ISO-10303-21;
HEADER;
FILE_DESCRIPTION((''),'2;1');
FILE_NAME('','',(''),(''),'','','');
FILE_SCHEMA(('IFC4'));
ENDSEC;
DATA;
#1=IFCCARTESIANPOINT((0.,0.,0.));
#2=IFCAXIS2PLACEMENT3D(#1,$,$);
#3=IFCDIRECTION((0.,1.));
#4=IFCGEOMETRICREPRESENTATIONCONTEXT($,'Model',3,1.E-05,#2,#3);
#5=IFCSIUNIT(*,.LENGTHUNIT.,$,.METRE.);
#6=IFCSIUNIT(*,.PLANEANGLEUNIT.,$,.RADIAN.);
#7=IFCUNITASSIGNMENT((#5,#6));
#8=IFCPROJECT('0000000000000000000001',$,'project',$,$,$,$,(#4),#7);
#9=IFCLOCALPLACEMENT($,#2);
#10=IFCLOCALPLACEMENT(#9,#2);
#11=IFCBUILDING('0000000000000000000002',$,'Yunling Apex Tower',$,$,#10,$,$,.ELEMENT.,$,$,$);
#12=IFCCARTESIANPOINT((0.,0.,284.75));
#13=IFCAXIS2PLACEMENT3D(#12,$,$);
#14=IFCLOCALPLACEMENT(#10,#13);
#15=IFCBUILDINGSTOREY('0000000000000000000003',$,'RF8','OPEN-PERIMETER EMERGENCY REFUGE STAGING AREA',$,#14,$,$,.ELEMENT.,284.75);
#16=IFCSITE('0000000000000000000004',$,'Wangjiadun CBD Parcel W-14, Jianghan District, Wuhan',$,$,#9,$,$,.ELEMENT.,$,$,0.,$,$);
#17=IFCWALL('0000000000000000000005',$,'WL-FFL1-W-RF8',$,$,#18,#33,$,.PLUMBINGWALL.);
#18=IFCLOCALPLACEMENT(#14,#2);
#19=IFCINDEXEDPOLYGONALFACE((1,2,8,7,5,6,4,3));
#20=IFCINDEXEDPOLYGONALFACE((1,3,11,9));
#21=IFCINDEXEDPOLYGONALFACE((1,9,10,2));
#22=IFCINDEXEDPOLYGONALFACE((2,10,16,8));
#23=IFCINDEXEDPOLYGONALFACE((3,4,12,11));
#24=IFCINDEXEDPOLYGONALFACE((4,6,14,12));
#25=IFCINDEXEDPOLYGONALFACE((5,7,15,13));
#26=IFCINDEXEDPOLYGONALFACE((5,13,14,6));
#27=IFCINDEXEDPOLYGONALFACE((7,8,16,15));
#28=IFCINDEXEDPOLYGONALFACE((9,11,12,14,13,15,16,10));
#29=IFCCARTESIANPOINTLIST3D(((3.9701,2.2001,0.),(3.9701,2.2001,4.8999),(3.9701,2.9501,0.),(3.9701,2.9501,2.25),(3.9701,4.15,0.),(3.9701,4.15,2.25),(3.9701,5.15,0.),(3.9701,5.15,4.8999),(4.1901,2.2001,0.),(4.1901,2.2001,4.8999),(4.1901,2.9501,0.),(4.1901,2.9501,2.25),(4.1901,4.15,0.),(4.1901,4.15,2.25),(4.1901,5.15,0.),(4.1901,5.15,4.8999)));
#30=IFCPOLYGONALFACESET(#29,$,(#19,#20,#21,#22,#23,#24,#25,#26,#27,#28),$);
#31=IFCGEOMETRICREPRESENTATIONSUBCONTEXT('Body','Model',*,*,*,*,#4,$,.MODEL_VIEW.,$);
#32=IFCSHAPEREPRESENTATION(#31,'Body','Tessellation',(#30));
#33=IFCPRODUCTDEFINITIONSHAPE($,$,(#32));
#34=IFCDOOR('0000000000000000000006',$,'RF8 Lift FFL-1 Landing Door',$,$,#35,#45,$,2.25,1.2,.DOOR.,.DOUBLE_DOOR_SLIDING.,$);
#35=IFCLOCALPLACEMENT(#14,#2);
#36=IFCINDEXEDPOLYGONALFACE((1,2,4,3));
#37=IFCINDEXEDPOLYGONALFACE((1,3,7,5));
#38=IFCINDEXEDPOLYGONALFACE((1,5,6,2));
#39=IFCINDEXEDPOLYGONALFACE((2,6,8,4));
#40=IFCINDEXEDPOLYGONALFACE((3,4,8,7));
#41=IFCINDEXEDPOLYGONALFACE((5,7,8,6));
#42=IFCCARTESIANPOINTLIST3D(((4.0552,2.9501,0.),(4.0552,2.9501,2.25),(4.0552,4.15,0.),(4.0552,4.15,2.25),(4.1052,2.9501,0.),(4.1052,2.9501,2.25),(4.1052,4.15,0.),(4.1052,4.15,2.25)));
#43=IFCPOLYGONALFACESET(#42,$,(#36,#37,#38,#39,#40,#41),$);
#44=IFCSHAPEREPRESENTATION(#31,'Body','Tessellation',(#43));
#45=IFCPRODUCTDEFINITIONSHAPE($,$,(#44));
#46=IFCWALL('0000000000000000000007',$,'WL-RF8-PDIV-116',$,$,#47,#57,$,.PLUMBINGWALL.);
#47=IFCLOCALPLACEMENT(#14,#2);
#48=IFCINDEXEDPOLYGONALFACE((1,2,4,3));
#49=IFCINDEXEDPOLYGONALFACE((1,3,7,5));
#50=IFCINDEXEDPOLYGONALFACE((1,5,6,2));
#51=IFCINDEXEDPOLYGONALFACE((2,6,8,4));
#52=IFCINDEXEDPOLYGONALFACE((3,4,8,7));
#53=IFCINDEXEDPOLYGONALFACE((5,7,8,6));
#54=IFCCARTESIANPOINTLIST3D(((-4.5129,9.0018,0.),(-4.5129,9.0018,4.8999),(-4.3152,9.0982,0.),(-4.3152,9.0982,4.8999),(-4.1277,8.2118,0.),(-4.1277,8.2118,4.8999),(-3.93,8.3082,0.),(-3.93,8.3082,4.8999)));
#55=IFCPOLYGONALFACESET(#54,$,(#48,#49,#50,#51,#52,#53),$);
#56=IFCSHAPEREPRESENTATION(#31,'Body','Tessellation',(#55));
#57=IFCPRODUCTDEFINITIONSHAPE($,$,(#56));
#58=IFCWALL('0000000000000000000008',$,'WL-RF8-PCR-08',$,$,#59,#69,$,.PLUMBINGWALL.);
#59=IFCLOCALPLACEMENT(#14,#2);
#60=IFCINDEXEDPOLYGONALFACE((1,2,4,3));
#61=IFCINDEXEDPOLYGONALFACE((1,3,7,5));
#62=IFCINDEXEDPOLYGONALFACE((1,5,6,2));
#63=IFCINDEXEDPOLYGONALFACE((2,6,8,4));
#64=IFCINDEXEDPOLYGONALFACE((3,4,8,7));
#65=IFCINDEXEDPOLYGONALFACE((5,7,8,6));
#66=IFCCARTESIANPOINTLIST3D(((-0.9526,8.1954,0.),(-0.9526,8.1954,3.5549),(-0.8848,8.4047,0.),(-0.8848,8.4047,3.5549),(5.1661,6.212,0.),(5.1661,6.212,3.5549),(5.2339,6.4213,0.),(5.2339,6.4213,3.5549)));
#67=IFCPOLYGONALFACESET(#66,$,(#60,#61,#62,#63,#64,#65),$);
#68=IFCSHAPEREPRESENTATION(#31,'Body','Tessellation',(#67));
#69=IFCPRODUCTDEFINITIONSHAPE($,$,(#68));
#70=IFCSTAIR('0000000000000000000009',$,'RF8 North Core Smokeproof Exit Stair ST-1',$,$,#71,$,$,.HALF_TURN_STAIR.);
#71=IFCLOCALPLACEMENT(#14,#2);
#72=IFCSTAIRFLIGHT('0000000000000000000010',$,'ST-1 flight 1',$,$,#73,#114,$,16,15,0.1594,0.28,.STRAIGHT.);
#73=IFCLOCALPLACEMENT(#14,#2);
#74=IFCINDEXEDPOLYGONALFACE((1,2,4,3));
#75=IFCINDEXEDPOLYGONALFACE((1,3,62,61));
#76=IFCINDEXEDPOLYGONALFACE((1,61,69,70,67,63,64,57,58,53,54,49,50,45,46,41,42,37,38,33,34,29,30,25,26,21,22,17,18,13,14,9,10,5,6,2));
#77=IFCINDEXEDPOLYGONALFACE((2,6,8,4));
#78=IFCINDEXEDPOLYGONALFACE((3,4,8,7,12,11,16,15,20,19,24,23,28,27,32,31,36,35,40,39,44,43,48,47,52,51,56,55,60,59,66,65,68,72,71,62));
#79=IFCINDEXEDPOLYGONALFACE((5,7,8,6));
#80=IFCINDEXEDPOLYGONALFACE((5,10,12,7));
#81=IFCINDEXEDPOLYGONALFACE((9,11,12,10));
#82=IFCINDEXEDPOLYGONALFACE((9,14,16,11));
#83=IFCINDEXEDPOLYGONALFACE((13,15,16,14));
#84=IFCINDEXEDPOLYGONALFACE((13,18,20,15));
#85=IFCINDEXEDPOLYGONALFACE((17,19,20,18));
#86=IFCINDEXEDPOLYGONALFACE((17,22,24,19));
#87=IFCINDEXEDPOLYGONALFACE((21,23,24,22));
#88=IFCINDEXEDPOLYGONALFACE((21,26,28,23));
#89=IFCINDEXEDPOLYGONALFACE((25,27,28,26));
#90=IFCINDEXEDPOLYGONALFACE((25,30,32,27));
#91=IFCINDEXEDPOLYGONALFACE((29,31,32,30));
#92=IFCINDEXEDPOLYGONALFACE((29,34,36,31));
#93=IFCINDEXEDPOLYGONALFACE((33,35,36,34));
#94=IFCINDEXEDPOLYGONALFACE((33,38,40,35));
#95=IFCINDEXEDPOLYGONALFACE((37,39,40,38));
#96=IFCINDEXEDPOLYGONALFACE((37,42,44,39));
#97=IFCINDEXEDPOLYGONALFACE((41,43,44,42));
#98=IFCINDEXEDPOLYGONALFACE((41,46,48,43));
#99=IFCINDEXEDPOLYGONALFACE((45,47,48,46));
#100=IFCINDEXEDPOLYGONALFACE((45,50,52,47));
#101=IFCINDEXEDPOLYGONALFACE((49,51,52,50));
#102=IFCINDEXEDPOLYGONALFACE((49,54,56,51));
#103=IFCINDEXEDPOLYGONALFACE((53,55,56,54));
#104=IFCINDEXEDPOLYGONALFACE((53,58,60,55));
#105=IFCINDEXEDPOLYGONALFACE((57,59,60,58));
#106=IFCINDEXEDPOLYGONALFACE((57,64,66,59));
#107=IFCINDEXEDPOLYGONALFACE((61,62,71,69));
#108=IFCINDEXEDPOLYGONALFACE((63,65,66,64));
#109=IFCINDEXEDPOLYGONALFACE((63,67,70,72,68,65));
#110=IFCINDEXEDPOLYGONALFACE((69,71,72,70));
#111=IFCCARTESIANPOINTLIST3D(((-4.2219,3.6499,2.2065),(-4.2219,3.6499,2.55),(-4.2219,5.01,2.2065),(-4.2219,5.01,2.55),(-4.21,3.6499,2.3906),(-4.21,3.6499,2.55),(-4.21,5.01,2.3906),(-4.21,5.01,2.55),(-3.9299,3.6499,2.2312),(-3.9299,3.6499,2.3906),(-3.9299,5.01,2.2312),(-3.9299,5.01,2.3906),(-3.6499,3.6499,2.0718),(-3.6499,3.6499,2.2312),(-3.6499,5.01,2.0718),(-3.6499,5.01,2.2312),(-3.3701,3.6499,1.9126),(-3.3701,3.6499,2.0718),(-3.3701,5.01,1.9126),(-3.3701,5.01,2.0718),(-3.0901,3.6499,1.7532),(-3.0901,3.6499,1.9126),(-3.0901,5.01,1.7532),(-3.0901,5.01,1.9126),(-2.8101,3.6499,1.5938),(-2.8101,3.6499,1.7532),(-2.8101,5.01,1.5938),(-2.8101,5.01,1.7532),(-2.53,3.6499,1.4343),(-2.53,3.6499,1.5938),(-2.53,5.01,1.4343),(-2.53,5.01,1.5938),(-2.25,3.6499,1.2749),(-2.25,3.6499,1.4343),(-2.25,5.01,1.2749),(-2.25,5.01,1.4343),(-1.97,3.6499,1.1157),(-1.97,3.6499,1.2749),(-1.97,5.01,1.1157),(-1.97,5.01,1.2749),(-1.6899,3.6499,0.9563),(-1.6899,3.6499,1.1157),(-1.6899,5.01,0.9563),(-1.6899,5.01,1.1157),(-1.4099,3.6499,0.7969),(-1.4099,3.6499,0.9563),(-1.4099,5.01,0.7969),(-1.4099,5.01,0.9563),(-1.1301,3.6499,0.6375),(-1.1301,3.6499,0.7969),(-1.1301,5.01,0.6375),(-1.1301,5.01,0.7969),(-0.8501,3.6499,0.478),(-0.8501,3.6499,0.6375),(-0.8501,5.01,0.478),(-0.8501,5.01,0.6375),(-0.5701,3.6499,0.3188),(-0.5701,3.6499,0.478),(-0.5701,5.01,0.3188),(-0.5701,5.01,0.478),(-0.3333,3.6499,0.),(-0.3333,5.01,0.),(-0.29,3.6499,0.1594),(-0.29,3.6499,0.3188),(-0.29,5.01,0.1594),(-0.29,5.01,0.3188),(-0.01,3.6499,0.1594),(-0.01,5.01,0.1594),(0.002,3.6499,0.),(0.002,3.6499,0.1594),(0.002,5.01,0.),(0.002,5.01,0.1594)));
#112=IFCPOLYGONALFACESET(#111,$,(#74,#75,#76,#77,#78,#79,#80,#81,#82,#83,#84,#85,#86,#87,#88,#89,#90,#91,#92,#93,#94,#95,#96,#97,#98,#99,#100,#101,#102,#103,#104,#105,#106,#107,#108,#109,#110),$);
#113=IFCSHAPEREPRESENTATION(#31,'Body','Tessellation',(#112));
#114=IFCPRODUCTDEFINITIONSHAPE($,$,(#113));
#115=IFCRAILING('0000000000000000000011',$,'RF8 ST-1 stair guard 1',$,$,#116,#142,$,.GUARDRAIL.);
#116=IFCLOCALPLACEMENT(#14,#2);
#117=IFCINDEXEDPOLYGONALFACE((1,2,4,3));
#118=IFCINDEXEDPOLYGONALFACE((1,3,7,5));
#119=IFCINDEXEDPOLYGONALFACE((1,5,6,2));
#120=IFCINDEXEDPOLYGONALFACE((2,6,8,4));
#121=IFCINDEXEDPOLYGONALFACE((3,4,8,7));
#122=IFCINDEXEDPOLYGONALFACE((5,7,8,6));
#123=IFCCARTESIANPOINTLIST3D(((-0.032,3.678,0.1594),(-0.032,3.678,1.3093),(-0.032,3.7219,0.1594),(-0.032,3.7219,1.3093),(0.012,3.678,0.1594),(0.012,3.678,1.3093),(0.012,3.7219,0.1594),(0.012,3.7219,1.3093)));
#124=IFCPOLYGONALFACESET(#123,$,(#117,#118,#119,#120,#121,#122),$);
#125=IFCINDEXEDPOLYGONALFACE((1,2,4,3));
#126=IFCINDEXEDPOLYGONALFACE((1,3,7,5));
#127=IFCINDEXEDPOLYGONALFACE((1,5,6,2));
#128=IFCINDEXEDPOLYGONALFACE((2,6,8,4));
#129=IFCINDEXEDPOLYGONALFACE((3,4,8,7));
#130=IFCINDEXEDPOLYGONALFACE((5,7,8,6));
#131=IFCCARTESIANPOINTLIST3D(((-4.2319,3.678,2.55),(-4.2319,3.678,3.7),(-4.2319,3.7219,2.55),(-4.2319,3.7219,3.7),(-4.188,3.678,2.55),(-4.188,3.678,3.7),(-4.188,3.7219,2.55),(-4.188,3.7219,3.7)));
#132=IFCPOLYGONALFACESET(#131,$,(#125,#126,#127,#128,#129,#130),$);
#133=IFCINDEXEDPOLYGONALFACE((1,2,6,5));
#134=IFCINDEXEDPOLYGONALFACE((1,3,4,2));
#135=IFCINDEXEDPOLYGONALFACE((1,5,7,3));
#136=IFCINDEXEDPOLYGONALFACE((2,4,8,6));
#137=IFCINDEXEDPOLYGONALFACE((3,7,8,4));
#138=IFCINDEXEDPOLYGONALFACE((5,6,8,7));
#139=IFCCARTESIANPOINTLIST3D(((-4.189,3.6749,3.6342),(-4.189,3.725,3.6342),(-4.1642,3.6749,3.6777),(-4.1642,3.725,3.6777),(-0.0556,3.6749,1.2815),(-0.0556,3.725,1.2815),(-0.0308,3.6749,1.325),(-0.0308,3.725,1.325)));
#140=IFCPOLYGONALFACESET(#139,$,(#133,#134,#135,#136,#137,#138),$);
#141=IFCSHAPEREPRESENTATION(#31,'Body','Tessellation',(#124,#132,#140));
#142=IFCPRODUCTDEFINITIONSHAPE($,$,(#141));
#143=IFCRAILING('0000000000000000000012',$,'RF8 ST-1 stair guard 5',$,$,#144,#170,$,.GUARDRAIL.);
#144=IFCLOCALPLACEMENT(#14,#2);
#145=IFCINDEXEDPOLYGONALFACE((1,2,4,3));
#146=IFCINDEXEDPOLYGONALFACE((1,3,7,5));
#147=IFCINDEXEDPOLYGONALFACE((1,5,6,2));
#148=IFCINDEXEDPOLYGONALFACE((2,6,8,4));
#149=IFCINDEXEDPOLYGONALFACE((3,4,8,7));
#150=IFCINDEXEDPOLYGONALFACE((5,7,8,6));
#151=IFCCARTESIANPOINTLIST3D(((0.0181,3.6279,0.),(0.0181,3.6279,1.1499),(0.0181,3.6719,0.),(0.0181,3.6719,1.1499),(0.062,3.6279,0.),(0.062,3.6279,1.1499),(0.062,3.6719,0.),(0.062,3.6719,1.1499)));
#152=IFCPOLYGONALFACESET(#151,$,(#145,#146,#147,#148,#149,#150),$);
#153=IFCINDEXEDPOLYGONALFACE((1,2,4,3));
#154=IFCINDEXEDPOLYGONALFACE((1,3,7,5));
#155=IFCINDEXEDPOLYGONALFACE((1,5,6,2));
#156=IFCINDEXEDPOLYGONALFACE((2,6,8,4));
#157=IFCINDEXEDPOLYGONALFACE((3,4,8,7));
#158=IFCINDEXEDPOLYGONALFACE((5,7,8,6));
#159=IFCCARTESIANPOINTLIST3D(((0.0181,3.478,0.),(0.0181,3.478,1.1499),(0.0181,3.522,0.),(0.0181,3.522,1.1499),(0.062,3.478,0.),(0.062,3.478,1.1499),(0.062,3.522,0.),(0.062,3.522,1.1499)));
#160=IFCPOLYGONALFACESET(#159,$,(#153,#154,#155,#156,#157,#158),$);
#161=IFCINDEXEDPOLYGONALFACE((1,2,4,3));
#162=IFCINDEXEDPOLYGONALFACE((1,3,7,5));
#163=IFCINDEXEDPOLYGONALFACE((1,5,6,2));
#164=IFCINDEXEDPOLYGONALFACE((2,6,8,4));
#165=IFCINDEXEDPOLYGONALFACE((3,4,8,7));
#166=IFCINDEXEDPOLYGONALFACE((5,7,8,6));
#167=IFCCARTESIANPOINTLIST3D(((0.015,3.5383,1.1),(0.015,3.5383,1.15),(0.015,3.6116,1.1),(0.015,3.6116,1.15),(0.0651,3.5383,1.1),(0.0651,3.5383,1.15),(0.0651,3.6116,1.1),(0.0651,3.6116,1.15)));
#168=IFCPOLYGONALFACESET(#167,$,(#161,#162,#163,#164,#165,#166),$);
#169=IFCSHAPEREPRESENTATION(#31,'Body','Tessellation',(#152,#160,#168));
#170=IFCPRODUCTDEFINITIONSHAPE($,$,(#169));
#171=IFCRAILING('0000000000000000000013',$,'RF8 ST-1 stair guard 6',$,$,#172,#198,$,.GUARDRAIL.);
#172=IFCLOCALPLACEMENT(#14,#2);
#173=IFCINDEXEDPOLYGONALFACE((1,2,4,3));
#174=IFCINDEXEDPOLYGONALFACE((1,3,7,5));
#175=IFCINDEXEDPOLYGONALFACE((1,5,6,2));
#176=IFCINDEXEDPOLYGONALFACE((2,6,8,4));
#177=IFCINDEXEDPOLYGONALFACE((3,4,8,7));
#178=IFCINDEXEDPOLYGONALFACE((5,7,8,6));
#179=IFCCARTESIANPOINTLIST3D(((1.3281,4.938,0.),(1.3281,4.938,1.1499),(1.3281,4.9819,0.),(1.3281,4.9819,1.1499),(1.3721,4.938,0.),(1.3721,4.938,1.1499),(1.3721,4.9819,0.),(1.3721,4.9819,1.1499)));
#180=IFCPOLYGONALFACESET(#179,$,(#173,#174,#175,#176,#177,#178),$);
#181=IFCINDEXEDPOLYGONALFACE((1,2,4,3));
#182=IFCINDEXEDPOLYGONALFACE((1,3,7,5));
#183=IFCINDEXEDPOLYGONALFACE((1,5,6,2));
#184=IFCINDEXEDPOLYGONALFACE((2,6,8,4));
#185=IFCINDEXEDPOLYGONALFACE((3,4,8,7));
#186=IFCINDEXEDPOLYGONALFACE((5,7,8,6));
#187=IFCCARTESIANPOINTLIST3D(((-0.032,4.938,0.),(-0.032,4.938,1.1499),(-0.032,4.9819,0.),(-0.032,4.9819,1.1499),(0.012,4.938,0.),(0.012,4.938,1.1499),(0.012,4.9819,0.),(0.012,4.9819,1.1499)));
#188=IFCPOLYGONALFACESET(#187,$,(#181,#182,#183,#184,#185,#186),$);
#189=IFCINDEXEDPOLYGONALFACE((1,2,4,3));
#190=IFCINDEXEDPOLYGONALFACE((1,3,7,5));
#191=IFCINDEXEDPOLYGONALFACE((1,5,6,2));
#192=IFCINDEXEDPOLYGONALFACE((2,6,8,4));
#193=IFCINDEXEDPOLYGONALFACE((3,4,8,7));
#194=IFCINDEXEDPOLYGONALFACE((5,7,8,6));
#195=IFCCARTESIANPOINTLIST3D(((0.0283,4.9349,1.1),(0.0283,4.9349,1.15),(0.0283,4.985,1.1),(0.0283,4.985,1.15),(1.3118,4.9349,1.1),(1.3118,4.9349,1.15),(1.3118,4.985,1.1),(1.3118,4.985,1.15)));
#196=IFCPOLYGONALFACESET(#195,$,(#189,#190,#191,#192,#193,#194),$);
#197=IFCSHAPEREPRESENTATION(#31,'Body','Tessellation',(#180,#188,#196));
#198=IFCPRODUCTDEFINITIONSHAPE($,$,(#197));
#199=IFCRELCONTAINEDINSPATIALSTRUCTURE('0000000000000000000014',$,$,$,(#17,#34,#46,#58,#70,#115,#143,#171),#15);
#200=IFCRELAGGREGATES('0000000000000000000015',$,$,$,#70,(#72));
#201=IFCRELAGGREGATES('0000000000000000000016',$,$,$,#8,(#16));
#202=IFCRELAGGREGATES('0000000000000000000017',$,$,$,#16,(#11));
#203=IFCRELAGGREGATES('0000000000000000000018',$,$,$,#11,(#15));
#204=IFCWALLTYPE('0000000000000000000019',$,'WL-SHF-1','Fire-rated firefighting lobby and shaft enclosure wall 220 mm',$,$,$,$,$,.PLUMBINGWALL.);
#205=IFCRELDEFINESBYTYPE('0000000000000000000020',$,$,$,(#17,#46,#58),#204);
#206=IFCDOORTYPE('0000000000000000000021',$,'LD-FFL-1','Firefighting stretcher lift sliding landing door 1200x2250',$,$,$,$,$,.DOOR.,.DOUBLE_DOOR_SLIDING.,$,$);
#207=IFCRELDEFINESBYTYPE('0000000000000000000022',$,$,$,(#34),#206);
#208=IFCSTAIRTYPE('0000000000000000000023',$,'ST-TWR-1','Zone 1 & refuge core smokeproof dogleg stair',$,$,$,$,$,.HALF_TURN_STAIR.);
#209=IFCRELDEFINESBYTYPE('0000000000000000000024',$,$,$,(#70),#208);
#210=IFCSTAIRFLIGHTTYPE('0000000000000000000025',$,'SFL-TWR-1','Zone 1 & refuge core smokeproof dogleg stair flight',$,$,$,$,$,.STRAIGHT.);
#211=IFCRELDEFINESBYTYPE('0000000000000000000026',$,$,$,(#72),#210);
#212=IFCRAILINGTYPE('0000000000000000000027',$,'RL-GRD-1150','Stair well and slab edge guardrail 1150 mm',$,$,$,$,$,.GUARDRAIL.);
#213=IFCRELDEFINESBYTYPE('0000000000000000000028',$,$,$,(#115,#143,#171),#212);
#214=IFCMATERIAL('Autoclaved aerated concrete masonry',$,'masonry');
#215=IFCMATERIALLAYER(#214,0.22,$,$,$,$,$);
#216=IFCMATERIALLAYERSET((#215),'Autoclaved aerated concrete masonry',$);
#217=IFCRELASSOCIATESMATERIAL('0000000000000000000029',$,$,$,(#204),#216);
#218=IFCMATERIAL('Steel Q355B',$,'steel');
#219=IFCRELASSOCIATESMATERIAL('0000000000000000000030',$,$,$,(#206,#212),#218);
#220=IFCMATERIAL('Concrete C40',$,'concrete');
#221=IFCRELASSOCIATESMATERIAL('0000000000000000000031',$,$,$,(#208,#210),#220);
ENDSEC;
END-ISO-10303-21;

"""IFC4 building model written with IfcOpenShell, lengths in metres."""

from ifc_helpers import new_model, si_unit, direction, frame, frame_2d, origin, origin_2d, place, context, subcontext, project, spatial, polyline, rectangle, outline, extrude, material, layer, layer_set, type_object, element, fill, aggregate, save


model = new_model("IFC4")

# Units and contexts
model_context = context("Model", 3, precision=1e-05, world=origin(), true_north=direction((0.0, 1.0)))
body_context = subcontext(model_context, "Body", "Model", "MODEL_VIEW")
ifc_project = project(units=[si_unit("LENGTHUNIT", "METRE"), si_unit("PLANEANGLEUNIT", "RADIAN")], contexts=[model_context])

# Site, building, storey
site_placement = place(None, origin())
site = spatial("IfcSite", under=ifc_project, at=site_placement, Name="Wangjiadun CBD Parcel W-14, Jianghan District, Wuhan", CompositionType="ELEMENT", RefElevation=0.0)
building_placement = place(site_placement, origin())
building = spatial("IfcBuilding", under=site, at=building_placement, Name="Yunling Apex Tower", CompositionType="ELEMENT")
storey_placement = place(building_placement, frame((0.0, 0.0, 284.75)))
storey = spatial("IfcBuildingStorey", under=building, at=storey_placement, Name="RF8", Description="OPEN-PERIMETER EMERGENCY REFUGE STAGING AREA", CompositionType="ELEMENT", Elevation=284.75)

# Shared definitions
ifc_material_1 = material(Name="Steel Q355B", Category="steel")

# Shared definitions
ifc_material_2 = material(Name="Concrete C40", Category="concrete")

# Wall, opening, door
ifc_material_3 = material(Name="Autoclaved aerated concrete masonry", Category="masonry")
ifc_layer_1 = layer(ifc_material_3, 0.22)
ifc_layer_set_1 = layer_set([ifc_layer_1], Name="Autoclaved aerated concrete masonry")
wall_type_1 = type_object("IfcWallType", Name="WL-SHF-1", Description="Fire-rated firefighting lobby and shaft enclosure wall 220 mm", PredefinedType="PLUMBINGWALL", material=ifc_layer_set_1)
wall_1_placement = place(storey_placement, frame((4.0801, 2.2, 0.0), z_axis=(0.0, 0.0, 1.0), x_axis=(0.0, 1.0, 0.0)))
wall_1 = element("IfcWall", 1, at=wall_1_placement, inside=storey, type_object=wall_type_1, Name="WL-FFL1-W-RF8", PredefinedType="PLUMBINGWALL", context=body_context, shape_type="SweptSolid", body=[
    extrude(rectangle(XDim=2.95, YDim=0.22, at=frame_2d((1.4751, 0.0))), origin(), (0.0, 0.0, 1.0), 4.8999),
])
opening_placement = place(wall_1_placement, frame((0.75, 0.0, 0.0)))
opening = element("IfcOpeningElement", 2, at=opening_placement, cuts=wall_1, PredefinedType="OPENING", context=body_context, shape_type="SweptSolid", body=[
    extrude(rectangle(XDim=1.2, YDim=2.25, at=frame_2d((0.6001, 1.125))), frame((0.0, 0.1201, 0.0), z_axis=(0.0, -1.0, 0.0), x_axis=(1.0, 0.0, 0.0)), (0.0, 0.0, 1.0), 0.24),
])
door_type = type_object("IfcDoorType", Name="LD-FFL-1", Description="Firefighting stretcher lift sliding landing door 1200x2250", OperationType="DOUBLE_DOOR_SLIDING", PredefinedType="DOOR", material=ifc_material_1)
door_placement = place(opening_placement, origin())
door = element("IfcDoor", 3, at=door_placement, inside=storey, type_object=door_type, Name="RF8 Lift FFL-1 Landing Door", OperationType="DOUBLE_DOOR_SLIDING", OverallHeight=2.25, OverallWidth=1.2, PredefinedType="DOOR", context=body_context, shape_type="SweptSolid", body=[
    extrude(rectangle(XDim=1.2, YDim=2.25, at=frame_2d((0.6001, 1.125))), frame((0.0, 0.0249, 0.0), z_axis=(0.0, -1.0, 0.0), x_axis=(1.0, 0.0, 0.0)), (0.0, 0.0, 1.0), 0.05),
])
fill(opening, door)

# Walls
wall_2_placement = place(storey_placement, frame((-4.0288, 8.26, 0.0), z_axis=(0.0, 0.0, 1.0), x_axis=(-0.438303, 0.898827, 0.0)))
element("IfcWall", 4, at=wall_2_placement, inside=storey, type_object=wall_type_1, Name="WL-RF8-PDIV-116", PredefinedType="PLUMBINGWALL", context=body_context, shape_type="SweptSolid", body=[
    extrude(rectangle(XDim=0.8789, YDim=0.22, at=frame_2d((0.4395, 0.0))), origin(), (0.0, 0.0, 1.0), 4.8999),
])
wall_3_placement = place(storey_placement, frame((-0.9187, 8.3, 0.0), z_axis=(0.0, 0.0, 1.0), x_axis=(0.95127, -0.30836, 0.0)))
element("IfcWall", 5, at=wall_3_placement, inside=storey, type_object=wall_type_1, Name="WL-RF8-PCR-08", PredefinedType="PLUMBINGWALL", context=body_context, shape_type="SweptSolid", body=[
    extrude(rectangle(XDim=6.4321, YDim=0.22, at=frame_2d((3.2161, 0.0))), origin(), (0.0, 0.0, 1.0), 3.5549),
])

# Stair, stair flight
stair_type = type_object("IfcStairType", Name="ST-TWR-1", Description="Zone 1 & refuge core smokeproof dogleg stair", PredefinedType="HALF_TURN_STAIR", material=ifc_material_2)
stair_placement = place(storey_placement, origin())
stair = element("IfcStair", 6, at=stair_placement, inside=storey, type_object=stair_type, Name="RF8 North Core Smokeproof Exit Stair ST-1", PredefinedType="HALF_TURN_STAIR")
stair_flight_type = type_object("IfcStairFlightType", Name="SFL-TWR-1", Description="Zone 1 & refuge core smokeproof dogleg stair flight", PredefinedType="STRAIGHT", material=ifc_material_2)
stair_flight_placement = place(storey_placement, frame((-0.01, 4.3301, 0.0), z_axis=(0.0, 0.0, 1.0), x_axis=(-1.0, 0.0, 0.0)))
stair_flight = element("IfcStairFlight", 7, at=stair_flight_placement, type_object=stair_flight_type, Name="ST-1 flight 1", NumberOfRisers=16, NumberOfTreads=15, PredefinedType="STRAIGHT", RiserHeight=0.1594, TreadLength=0.28, context=body_context, shape_type="SweptSolid", body=[
    extrude(outline(polyline([(-0.012, 0.0), (-0.012, 0.1594), (0.0, 0.1594), (0.28, 0.1594), (0.28, 0.3188), (0.5601, 0.3188), (0.5601, 0.478), (0.8401, 0.478), (0.8401, 0.6375), (1.1201, 0.6375), (1.1201, 0.7969), (1.3999, 0.7969), (1.3999, 0.9563), (1.6799, 0.9563), (1.6799, 1.1157), (1.96, 1.1157), (1.96, 1.2749), (2.24, 1.2749), (2.24, 1.4343), (2.52, 1.4343), (2.52, 1.5938), (2.8, 1.5938), (2.8, 1.7532), (3.0801, 1.7532), (3.0801, 1.9126), (3.3601, 1.9126), (3.3601, 2.0718), (3.6399, 2.0718), (3.6399, 2.2312), (3.9199, 2.2312), (3.9199, 2.3906), (4.2, 2.3906), (4.2, 2.55), (4.2119, 2.55), (4.2119, 2.2065), (0.3232, 0.0), (-0.012, 0.0)])), frame((0.0, 0.6802, 0.0), z_axis=(0.0, -1.0, 0.0), x_axis=(1.0, 0.0, 0.0)), (0.0, 0.0, 1.0), 1.3601),
])
aggregate(stair, [stair_flight])

# Railings
railing_type_1 = type_object("IfcRailingType", Name="RL-GRD-1150", Description="Stair well and slab edge guardrail 1150 mm", PredefinedType="GUARDRAIL", material=ifc_material_1)
railing_1_placement = place(storey_placement, frame((-0.01, 3.7, 0.1594)))
element("IfcRailing", 8, at=railing_1_placement, inside=storey, type_object=railing_type_1, Name="RF8 ST-1 stair guard 1", PredefinedType="GUARDRAIL", context=body_context, shape_type="SweptSolid", body=[
    extrude(rectangle(XDim=0.0439, YDim=0.0439, at=origin_2d()), origin(), (0.0, 0.0, 1.0), 1.1499),
    extrude(rectangle(XDim=0.0439, YDim=0.0439, at=origin_2d()), frame((-4.2, 0.0, 2.3906)), (0.0, 0.0, 1.0), 1.1499),
    extrude(rectangle(XDim=0.05, YDim=0.05, at=origin_2d()), frame((-0.0332, 0.0, 1.1438), z_axis=(-0.869075, 0.0, 0.49468), x_axis=(0.0, -1.0, 0.0)), (0.0, 0.0, 1.0), 4.7561),
])
railing_2_placement = place(storey_placement, frame((0.04, 3.6499, 0.0)))
element("IfcRailing", 9, at=railing_2_placement, inside=storey, type_object=railing_type_1, Name="RF8 ST-1 stair guard 5", PredefinedType="GUARDRAIL", context=body_context, shape_type="SweptSolid", body=[
    extrude(rectangle(XDim=0.0439, YDim=0.0439, at=origin_2d()), origin(), (0.0, 0.0, 1.0), 1.1499),
    extrude(rectangle(XDim=0.0439, YDim=0.0439, at=origin_2d()), frame((0.0, -0.1499, 0.0)), (0.0, 0.0, 1.0), 1.1499),
    extrude(rectangle(XDim=0.05, YDim=0.05, at=origin_2d()), frame((0.0, -0.0383, 1.125), z_axis=(0.0, -1.0, 0.0), x_axis=(1.0, 0.0, 0.0)), (0.0, 0.0, 1.0), 0.0732),
])
railing_3_placement = place(storey_placement, frame((1.3501, 4.96, 0.0)))
element("IfcRailing", 10, at=railing_3_placement, inside=storey, type_object=railing_type_1, Name="RF8 ST-1 stair guard 6", PredefinedType="GUARDRAIL", context=body_context, shape_type="SweptSolid", body=[
    extrude(rectangle(XDim=0.0439, YDim=0.0439, at=origin_2d()), origin(), (0.0, 0.0, 1.0), 1.1499),
    extrude(rectangle(XDim=0.0439, YDim=0.0439, at=origin_2d()), frame((-1.3601, 0.0, 0.0)), (0.0, 0.0, 1.0), 1.1499),
    extrude(rectangle(XDim=0.05, YDim=0.05, at=origin_2d()), frame((-0.0383, 0.0, 1.125), z_axis=(-1.0, 0.0, 0.0), x_axis=(0.0, -1.0, 0.0)), (0.0, 0.0, 1.0), 1.2834),
])

save(model, "model.ifc")
